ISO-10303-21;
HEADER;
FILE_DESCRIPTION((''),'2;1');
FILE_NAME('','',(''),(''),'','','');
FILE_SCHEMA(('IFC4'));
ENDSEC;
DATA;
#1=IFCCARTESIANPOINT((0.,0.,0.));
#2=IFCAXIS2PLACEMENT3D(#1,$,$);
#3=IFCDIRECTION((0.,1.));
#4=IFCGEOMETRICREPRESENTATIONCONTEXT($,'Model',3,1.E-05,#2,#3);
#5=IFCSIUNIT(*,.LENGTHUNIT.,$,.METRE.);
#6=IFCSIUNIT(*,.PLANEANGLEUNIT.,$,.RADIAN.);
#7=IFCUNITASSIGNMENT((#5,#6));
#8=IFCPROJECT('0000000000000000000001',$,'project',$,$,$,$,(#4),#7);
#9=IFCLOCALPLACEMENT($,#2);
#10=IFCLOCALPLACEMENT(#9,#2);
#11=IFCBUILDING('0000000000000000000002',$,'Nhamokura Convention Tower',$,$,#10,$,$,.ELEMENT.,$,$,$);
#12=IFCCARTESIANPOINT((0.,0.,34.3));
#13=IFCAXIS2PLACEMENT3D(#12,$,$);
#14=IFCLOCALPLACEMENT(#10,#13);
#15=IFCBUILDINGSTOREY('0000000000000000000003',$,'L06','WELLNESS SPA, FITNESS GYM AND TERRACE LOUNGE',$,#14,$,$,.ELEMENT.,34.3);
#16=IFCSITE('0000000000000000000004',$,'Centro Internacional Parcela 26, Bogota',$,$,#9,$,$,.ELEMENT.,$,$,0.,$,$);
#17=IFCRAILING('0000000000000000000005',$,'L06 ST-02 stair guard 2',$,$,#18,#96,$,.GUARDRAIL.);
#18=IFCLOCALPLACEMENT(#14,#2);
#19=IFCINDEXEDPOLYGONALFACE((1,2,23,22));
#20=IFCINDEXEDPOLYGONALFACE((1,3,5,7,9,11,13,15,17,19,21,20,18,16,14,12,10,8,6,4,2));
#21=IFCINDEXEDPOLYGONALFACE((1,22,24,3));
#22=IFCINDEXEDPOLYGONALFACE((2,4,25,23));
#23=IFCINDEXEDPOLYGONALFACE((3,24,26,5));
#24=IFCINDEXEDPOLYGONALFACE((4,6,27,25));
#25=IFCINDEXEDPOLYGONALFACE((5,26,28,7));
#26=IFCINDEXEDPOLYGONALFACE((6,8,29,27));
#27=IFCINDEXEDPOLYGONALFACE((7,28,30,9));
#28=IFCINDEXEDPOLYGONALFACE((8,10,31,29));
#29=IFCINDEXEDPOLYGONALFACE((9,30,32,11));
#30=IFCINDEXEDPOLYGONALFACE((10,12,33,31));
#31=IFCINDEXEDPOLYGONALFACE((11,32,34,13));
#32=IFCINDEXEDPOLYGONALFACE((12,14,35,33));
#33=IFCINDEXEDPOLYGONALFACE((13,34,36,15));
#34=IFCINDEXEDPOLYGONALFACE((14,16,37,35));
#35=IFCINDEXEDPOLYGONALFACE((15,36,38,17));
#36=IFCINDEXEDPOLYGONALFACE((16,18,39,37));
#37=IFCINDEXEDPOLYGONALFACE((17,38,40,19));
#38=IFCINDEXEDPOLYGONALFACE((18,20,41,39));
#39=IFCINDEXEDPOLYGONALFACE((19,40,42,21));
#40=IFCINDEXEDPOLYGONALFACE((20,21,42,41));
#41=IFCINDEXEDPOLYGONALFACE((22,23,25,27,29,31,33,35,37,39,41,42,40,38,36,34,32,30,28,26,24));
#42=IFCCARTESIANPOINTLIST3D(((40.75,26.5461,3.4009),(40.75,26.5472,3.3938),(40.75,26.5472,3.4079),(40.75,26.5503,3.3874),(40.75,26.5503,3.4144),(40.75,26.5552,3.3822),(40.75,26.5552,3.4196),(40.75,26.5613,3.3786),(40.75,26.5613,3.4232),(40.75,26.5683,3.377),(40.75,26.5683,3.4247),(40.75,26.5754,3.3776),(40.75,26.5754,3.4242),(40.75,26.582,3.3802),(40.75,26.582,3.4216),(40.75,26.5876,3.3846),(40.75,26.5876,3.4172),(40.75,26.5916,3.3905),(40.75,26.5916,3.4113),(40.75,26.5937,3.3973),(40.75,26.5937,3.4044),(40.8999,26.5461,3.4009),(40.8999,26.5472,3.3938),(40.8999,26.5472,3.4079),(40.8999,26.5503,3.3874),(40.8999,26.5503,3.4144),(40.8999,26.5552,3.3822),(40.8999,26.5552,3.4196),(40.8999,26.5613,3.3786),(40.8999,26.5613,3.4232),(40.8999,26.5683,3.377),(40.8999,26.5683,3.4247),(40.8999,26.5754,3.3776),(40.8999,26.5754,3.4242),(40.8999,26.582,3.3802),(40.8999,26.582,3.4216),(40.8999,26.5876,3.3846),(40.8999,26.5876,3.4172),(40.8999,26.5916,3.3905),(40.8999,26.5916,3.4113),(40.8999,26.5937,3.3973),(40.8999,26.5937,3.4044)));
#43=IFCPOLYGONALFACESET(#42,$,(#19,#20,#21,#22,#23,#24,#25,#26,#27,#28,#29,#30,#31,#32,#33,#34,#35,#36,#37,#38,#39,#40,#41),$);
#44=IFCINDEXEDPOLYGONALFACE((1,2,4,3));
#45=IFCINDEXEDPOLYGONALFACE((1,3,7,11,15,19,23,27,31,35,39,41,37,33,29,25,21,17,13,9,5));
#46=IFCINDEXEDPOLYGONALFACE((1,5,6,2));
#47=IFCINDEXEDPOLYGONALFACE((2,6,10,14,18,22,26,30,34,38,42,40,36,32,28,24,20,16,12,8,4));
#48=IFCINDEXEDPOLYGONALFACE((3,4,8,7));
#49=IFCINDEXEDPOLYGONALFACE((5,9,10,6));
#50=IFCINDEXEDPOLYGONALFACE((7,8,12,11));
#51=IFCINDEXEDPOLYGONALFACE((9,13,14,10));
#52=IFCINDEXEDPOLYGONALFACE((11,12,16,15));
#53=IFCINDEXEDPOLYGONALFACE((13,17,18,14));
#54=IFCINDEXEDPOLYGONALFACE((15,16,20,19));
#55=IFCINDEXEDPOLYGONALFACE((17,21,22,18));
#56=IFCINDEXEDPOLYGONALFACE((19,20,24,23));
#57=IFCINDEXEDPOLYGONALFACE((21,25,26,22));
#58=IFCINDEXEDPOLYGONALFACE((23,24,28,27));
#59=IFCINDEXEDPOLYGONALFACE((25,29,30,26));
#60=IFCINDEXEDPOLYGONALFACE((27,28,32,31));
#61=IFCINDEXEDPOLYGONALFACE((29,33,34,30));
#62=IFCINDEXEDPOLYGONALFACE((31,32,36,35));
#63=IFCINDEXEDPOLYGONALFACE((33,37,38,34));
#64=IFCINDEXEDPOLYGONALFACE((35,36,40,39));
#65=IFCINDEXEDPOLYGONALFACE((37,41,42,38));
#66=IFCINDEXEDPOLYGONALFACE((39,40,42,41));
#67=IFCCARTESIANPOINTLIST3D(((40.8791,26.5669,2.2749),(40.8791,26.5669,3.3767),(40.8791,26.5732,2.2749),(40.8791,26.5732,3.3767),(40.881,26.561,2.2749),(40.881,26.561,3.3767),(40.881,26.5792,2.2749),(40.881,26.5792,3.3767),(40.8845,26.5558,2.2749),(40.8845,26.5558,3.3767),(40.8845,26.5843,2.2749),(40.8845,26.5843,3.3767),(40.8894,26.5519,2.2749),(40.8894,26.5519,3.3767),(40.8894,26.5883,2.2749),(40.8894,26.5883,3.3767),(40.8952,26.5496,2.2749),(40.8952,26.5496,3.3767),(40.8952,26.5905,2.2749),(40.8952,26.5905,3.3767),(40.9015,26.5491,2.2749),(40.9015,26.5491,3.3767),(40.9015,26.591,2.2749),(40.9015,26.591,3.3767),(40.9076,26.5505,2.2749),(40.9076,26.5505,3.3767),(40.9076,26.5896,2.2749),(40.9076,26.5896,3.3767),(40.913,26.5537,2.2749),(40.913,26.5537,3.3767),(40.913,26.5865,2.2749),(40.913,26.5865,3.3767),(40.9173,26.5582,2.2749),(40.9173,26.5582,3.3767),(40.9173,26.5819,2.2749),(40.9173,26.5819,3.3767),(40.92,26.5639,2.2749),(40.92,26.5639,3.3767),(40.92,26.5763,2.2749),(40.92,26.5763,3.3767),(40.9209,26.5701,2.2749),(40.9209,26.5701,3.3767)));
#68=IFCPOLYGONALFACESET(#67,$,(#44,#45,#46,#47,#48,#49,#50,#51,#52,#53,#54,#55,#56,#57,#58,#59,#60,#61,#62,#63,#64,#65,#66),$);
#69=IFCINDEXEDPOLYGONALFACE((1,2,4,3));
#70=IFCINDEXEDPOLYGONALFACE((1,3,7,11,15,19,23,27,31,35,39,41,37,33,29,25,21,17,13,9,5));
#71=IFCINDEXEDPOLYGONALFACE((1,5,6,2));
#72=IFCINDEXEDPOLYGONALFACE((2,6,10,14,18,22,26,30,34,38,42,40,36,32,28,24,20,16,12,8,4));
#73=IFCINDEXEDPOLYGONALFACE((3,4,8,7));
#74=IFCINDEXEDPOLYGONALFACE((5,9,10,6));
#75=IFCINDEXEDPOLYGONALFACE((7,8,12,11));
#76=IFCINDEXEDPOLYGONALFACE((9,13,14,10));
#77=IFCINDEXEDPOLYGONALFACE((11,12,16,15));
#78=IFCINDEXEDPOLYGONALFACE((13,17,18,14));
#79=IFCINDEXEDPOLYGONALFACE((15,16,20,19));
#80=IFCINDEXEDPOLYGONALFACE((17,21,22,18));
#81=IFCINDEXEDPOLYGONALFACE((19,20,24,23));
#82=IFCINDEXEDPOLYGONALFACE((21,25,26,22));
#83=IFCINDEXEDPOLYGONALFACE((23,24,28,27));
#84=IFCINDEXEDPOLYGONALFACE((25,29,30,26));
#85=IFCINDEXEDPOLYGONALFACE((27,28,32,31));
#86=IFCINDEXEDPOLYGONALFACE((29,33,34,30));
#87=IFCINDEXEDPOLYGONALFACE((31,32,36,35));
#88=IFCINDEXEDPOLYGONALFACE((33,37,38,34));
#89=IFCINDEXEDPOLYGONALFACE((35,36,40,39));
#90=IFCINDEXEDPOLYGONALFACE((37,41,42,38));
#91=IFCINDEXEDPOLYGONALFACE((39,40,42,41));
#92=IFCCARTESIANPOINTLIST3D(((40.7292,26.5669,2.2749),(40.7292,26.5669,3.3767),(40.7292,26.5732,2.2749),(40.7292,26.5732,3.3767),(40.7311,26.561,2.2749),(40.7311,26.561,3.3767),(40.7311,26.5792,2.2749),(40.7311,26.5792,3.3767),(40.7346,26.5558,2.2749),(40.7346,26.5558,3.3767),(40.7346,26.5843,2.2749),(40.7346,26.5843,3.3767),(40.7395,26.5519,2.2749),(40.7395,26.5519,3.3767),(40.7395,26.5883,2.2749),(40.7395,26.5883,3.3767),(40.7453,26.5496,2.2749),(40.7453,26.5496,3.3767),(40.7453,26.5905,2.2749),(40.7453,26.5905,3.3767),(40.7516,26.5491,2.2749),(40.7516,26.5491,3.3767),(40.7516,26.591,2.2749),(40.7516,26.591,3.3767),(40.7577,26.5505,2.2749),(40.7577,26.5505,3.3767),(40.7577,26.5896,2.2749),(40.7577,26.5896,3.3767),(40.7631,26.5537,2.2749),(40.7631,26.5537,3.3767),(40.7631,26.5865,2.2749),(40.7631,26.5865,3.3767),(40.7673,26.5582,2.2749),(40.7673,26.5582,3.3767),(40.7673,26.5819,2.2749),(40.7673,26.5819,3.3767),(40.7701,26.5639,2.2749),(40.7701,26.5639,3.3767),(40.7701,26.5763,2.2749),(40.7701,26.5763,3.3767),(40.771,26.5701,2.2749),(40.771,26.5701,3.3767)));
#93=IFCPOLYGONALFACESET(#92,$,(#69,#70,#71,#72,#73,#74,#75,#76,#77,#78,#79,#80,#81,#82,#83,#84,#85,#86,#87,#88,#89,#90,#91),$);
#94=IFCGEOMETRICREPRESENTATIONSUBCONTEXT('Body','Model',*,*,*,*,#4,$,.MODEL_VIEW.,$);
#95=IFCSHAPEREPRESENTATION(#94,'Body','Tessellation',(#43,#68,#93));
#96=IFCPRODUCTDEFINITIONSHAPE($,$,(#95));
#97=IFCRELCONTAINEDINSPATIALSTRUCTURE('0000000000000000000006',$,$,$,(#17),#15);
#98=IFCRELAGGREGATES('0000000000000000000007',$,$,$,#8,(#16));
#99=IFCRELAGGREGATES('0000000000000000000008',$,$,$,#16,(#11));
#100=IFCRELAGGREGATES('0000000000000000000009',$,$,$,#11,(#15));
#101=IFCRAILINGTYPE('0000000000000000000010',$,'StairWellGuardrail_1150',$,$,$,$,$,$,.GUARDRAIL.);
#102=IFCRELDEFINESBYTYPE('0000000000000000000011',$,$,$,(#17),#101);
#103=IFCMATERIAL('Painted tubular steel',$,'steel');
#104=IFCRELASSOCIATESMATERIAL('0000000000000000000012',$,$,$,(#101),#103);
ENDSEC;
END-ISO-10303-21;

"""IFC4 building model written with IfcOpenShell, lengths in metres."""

from ifc_helpers import new_model, si_unit, direction, frame, origin, origin_2d, place, context, subcontext, project, spatial, circle, extrude, material, type_object, element, save


model = new_model("IFC4")

# Units and contexts
model_context = context("Model", 3, precision=1e-05, world=origin(), true_north=direction((0.0, 1.0)))
body_context = subcontext(model_context, "Body", "Model", "MODEL_VIEW")
ifc_project = project(units=[si_unit("LENGTHUNIT", "METRE"), si_unit("PLANEANGLEUNIT", "RADIAN")], contexts=[model_context])

# Site, building, storey
site_placement = place(None, origin())
site = spatial("IfcSite", under=ifc_project, at=site_placement, Name="Centro Internacional Parcela 26, Bogota", CompositionType="ELEMENT", RefElevation=0.0)
building_placement = place(site_placement, origin())
building = spatial("IfcBuilding", under=site, at=building_placement, Name="Nhamokura Convention Tower", CompositionType="ELEMENT")
storey_placement = place(building_placement, frame((0.0, 0.0, 34.3)))
storey = spatial("IfcBuildingStorey", under=building, at=storey_placement, Name="L06", Description="WELLNESS SPA, FITNESS GYM AND TERRACE LOUNGE", CompositionType="ELEMENT", Elevation=34.3)

# Railing
ifc_material_1 = material(Name="Painted tubular steel", Category="steel")
railing_type_1 = type_object("IfcRailingType", Name="StairWellGuardrail_1150", PredefinedType="GUARDRAIL", material=ifc_material_1)
railing_1_placement = place(storey_placement, frame((40.8999, 26.5701, 2.2749)))
element("IfcRailing", 1, at=railing_1_placement, inside=storey, type_object=railing_type_1, Name="L06 ST-02 stair guard 2", PredefinedType="GUARDRAIL", context=body_context, shape_type="SweptSolid", body=[
    extrude(circle(Radius=0.0239, at=origin_2d()), frame((0.0, 0.0, 1.126), z_axis=(-1.0, 0.0, 0.0), x_axis=(0.0, -1.0, 0.0)), (0.0, 0.0, 1.0), 0.1499),
    extrude(circle(Radius=0.021, at=origin_2d()), origin(), (0.0, 0.0, 1.0), 1.1018),
    extrude(circle(Radius=0.021, at=origin_2d()), frame((-0.1499, 0.0, 0.0)), (0.0, 0.0, 1.0), 1.1018),
])

save(model, "model.ifc")
